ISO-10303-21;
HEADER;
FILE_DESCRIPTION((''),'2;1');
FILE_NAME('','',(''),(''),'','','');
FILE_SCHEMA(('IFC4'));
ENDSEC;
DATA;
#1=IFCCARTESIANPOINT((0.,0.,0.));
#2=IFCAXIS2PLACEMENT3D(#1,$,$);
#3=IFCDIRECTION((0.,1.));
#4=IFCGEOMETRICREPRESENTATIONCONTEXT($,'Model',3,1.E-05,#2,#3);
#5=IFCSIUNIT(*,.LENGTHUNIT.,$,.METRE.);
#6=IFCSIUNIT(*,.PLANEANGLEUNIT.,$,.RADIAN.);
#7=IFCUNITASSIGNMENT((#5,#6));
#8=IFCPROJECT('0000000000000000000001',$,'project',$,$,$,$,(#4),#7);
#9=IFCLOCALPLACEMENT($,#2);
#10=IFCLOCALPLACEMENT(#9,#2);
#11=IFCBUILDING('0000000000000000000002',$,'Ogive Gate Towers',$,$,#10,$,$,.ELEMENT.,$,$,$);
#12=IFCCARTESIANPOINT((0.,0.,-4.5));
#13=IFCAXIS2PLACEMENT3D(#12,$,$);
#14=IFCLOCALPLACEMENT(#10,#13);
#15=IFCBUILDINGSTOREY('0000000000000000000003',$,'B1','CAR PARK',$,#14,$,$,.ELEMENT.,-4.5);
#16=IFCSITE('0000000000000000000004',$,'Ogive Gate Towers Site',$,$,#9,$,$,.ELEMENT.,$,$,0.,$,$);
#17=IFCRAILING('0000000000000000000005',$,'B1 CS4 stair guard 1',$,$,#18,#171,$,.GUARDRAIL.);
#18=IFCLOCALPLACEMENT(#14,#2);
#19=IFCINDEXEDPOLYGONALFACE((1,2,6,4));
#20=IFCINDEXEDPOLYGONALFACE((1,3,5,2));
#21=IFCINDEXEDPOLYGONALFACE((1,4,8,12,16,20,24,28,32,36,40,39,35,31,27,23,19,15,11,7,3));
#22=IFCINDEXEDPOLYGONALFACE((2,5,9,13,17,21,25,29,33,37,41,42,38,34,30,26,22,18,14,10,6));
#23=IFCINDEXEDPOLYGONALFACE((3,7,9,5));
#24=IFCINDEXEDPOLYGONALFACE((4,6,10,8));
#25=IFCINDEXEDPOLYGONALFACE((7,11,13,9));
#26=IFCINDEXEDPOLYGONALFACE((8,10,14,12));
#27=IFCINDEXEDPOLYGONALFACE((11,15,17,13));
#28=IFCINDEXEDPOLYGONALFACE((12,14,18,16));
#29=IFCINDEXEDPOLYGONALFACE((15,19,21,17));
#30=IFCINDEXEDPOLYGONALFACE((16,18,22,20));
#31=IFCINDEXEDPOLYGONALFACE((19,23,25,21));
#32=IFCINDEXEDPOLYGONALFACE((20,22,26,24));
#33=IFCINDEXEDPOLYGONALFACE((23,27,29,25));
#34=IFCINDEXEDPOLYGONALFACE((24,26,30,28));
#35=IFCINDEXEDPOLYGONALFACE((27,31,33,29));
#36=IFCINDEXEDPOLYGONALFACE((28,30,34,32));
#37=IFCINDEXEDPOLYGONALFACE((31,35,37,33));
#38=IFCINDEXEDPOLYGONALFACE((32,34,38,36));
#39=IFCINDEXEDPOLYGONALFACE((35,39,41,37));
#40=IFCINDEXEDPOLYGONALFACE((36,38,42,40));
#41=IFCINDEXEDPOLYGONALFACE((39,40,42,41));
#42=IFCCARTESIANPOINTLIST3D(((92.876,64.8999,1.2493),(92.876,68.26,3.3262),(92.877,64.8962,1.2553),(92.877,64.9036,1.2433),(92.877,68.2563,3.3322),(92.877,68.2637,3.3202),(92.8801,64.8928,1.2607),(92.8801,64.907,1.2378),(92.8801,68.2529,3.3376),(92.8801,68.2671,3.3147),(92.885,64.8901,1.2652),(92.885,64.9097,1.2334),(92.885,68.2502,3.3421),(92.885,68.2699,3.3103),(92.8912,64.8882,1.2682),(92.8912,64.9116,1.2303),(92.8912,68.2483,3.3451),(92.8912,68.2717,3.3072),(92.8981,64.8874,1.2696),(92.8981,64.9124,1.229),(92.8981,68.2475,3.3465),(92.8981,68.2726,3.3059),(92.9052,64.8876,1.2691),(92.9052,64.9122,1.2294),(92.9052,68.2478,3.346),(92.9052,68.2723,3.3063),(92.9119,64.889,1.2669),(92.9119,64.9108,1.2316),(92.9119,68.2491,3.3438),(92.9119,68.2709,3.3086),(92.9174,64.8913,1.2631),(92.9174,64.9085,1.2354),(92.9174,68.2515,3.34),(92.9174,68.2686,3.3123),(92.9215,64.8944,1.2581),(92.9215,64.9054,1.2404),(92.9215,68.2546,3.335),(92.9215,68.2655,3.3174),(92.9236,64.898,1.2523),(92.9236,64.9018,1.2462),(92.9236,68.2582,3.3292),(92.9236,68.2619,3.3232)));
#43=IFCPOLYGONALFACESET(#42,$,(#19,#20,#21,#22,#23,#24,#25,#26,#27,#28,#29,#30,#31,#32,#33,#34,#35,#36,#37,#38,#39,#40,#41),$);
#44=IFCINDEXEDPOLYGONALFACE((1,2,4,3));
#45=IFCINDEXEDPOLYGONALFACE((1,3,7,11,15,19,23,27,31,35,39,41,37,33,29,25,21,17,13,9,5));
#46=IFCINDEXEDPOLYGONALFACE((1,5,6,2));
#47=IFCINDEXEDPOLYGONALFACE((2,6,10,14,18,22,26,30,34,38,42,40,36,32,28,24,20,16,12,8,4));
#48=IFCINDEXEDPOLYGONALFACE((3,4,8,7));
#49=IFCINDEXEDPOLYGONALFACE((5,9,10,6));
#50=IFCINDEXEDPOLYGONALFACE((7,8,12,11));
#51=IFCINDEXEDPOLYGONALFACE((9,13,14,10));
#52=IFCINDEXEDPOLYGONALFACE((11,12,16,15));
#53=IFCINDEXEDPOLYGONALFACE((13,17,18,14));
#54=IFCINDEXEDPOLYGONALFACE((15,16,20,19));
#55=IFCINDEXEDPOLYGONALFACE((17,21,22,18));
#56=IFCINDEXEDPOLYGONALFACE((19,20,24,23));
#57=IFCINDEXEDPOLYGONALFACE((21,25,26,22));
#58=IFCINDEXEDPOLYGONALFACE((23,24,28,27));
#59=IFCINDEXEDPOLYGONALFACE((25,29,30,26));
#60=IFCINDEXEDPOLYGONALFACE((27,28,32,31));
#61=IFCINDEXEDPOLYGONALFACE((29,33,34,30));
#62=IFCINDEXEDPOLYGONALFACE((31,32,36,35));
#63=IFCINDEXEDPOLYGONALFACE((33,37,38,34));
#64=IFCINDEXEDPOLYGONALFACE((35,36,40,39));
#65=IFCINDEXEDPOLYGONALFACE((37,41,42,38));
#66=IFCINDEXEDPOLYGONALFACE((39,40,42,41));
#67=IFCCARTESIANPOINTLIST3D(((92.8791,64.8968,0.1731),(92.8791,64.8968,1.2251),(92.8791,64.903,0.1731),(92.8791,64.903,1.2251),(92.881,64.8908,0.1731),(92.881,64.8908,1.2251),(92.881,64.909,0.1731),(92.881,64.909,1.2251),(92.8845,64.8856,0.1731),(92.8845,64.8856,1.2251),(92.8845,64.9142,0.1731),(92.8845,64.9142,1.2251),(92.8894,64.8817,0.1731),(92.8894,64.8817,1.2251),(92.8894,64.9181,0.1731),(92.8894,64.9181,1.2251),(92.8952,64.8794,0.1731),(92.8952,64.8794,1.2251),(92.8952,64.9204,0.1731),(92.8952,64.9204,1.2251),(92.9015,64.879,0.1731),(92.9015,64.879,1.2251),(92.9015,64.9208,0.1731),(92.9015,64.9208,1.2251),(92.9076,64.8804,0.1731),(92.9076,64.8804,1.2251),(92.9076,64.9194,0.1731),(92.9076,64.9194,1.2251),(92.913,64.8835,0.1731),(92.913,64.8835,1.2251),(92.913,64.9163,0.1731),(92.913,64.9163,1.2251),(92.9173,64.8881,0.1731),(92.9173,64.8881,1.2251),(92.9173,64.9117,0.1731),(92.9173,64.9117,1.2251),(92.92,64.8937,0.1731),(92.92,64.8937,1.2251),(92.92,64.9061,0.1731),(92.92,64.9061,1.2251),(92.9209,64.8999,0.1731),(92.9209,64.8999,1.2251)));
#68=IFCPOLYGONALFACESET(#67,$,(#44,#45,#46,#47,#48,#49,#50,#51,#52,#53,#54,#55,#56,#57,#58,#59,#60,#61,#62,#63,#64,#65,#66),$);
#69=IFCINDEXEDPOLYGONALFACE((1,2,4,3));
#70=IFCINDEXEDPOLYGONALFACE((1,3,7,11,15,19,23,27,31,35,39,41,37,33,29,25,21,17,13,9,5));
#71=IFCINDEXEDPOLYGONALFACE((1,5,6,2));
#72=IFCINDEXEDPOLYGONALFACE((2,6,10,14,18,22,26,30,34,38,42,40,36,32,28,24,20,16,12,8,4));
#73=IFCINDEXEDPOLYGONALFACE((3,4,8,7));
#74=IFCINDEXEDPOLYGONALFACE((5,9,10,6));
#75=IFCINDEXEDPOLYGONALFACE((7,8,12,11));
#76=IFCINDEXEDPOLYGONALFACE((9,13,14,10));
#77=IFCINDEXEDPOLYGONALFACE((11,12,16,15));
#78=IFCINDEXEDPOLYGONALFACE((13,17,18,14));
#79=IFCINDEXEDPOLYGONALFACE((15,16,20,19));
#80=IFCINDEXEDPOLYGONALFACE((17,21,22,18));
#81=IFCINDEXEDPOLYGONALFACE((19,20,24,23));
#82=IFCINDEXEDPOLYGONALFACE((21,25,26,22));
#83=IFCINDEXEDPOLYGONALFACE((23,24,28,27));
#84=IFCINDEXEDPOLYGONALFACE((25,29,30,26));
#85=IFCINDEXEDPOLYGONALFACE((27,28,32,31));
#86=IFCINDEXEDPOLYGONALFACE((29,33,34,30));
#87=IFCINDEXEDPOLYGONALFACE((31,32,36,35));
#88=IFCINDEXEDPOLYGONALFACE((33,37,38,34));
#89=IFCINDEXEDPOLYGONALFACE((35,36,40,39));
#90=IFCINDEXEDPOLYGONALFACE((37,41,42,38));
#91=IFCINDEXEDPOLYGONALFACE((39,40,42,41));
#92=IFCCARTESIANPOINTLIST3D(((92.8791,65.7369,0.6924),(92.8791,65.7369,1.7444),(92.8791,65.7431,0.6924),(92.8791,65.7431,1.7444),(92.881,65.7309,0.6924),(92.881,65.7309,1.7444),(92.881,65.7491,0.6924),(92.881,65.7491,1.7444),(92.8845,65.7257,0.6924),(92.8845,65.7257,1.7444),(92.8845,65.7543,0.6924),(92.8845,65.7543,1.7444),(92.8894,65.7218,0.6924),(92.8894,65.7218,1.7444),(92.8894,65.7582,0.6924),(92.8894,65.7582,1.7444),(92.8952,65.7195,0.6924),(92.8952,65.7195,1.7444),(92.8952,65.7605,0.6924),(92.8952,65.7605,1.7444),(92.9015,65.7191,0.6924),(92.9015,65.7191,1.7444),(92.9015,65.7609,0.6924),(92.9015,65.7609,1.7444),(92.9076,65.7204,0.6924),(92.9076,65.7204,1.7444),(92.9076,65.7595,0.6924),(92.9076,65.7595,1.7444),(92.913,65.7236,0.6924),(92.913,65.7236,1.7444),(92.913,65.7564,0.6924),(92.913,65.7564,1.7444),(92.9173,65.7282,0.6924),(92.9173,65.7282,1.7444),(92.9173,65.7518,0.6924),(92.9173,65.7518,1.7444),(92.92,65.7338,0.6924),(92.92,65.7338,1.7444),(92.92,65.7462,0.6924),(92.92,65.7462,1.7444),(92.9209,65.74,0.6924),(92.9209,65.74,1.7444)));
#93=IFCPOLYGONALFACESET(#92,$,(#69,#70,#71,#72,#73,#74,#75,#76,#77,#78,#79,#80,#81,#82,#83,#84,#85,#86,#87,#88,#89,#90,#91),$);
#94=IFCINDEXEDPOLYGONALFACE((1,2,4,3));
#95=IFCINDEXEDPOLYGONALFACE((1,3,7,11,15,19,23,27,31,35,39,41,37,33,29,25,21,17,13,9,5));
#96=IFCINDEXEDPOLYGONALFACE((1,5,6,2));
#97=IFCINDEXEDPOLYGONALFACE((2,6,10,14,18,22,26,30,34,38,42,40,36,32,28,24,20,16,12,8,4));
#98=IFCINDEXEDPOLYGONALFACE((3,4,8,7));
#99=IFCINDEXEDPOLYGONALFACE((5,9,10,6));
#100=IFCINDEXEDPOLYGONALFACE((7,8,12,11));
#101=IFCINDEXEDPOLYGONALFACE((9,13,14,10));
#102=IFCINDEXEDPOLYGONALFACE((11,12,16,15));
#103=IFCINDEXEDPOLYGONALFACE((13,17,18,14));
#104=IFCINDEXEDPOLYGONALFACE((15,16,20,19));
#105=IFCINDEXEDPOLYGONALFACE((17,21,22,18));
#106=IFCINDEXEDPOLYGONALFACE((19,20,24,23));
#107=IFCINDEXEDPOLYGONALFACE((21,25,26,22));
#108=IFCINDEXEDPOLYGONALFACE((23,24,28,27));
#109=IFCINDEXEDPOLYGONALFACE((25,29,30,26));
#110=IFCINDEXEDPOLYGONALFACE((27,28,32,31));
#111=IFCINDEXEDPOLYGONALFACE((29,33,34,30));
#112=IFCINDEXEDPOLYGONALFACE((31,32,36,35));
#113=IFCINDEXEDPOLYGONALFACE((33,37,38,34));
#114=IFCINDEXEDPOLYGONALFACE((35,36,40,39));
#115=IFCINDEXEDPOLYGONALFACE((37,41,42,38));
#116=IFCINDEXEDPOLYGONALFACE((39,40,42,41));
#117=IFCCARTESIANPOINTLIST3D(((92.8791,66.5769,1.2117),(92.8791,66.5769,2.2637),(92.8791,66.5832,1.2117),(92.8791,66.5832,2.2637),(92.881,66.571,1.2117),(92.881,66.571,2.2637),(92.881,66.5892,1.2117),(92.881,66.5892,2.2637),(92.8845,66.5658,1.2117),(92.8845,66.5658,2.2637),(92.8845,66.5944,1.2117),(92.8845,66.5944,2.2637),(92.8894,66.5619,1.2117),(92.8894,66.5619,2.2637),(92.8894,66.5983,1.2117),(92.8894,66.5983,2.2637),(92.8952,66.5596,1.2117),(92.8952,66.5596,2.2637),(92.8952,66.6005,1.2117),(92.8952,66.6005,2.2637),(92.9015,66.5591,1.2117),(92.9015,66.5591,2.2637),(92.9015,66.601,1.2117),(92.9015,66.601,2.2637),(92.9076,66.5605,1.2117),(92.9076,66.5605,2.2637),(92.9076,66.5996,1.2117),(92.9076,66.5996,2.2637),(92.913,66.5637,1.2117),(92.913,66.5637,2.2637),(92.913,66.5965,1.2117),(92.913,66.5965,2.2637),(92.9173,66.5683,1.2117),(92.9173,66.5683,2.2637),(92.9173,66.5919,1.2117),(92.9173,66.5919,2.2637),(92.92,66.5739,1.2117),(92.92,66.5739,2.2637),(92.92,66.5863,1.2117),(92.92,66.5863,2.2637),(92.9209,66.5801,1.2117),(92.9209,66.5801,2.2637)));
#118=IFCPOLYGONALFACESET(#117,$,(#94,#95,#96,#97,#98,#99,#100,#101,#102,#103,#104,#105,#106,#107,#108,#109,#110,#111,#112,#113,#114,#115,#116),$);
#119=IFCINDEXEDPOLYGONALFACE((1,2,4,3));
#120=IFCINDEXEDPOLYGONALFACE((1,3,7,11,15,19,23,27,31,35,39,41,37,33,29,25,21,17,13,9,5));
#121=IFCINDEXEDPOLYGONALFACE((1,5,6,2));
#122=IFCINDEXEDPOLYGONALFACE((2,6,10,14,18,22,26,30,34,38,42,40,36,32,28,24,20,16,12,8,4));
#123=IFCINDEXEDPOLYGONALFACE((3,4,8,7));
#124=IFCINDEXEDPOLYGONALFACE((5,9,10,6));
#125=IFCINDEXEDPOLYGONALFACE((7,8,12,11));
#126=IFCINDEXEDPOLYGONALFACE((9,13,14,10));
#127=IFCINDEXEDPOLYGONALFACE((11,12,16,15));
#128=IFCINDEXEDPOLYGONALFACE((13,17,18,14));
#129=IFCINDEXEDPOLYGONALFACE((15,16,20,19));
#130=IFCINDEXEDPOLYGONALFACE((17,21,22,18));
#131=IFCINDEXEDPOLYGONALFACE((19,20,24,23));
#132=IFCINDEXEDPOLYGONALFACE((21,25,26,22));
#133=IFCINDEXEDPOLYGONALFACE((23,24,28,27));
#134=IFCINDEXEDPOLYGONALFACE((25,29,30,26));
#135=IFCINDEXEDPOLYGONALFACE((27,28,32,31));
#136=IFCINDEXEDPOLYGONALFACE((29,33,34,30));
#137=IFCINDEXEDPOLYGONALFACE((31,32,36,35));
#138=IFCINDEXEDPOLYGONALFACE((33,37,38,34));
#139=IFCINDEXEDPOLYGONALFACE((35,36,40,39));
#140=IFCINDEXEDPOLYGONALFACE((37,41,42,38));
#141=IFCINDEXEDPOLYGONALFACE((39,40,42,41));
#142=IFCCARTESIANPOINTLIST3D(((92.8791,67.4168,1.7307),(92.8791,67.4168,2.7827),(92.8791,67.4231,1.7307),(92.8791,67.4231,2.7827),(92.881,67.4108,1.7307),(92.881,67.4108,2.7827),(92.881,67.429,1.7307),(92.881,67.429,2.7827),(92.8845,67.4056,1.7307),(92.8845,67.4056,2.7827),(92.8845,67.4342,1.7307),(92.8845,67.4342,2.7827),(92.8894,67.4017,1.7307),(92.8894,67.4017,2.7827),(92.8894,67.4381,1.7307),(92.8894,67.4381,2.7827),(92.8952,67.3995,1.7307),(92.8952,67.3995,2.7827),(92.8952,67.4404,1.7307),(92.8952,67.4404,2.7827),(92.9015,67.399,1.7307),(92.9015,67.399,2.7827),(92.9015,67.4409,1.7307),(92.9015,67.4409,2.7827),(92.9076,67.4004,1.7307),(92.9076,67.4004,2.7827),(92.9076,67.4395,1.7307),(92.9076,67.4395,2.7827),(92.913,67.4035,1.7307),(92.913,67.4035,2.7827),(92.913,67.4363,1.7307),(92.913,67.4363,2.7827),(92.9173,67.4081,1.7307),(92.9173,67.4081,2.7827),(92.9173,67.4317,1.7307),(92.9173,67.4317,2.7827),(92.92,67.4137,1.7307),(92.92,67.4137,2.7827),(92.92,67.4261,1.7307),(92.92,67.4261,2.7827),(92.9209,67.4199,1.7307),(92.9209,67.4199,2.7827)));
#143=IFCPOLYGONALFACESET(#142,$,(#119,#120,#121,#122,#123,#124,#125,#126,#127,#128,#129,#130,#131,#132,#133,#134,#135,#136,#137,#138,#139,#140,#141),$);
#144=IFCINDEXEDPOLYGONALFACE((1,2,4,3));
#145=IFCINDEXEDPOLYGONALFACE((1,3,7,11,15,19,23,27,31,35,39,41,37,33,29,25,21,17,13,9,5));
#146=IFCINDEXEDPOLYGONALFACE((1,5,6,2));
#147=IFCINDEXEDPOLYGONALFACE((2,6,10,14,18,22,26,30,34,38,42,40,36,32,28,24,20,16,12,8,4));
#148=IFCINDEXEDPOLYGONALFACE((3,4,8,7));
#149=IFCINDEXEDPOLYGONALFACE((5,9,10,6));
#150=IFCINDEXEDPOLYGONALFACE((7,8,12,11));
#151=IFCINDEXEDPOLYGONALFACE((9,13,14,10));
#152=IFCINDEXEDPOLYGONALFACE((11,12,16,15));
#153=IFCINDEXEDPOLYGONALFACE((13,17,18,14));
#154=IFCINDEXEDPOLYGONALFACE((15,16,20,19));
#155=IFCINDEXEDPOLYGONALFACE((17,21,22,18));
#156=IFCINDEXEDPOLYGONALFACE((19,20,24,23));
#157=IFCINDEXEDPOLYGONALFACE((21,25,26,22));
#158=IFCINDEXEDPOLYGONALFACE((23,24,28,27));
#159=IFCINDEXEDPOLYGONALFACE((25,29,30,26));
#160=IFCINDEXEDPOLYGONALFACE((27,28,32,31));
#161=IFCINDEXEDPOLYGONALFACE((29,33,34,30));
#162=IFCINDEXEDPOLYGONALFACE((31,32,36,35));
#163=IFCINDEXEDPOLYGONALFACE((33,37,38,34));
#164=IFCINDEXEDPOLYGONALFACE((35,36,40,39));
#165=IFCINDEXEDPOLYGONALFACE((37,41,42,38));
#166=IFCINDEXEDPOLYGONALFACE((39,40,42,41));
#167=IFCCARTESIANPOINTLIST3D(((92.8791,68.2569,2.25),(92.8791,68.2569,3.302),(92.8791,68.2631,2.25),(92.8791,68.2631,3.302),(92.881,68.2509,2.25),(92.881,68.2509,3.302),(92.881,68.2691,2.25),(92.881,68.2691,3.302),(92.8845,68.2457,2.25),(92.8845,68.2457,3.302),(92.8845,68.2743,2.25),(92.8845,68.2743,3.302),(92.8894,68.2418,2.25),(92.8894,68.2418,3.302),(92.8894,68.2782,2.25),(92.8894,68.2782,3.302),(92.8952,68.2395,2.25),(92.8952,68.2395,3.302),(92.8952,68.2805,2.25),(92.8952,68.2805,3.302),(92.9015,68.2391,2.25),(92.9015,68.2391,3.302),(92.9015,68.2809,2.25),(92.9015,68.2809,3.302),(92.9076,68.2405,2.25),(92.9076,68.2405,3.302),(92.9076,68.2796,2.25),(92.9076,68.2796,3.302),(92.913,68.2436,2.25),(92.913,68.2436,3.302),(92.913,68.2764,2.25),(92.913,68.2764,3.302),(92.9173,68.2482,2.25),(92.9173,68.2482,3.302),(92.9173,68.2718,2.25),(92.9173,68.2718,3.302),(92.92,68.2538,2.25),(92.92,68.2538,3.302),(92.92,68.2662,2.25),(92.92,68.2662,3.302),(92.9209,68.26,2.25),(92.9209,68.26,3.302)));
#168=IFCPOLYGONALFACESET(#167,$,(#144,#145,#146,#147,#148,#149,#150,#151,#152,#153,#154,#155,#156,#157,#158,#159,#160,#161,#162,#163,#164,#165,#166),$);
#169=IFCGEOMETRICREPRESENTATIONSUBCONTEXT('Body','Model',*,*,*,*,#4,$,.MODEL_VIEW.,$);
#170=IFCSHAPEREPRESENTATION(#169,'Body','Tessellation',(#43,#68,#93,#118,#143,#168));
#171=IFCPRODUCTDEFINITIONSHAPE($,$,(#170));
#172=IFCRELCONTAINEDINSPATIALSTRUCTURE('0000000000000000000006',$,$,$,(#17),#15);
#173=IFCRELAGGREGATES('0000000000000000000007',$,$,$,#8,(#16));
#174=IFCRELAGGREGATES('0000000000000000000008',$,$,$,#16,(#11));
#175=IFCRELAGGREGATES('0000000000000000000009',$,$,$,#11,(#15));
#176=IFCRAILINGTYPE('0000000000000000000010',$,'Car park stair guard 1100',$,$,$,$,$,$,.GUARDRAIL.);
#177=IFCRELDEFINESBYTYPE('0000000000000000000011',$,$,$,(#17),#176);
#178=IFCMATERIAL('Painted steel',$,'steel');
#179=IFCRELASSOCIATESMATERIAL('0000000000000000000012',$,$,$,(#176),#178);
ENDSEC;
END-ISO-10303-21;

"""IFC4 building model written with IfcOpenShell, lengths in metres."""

from ifc_helpers import new_model, si_unit, direction, frame, origin, origin_2d, place, context, subcontext, project, spatial, circle, extrude, material, type_object, element, save


model = new_model("IFC4")

# Units and contexts
model_context = context("Model", 3, precision=1e-05, world=origin(), true_north=direction((0.0, 1.0)))
body_context = subcontext(model_context, "Body", "Model", "MODEL_VIEW")
ifc_project = project(units=[si_unit("LENGTHUNIT", "METRE"), si_unit("PLANEANGLEUNIT", "RADIAN")], contexts=[model_context])

# Site, building, storey
site_placement = place(None, origin())
site = spatial("IfcSite", under=ifc_project, at=site_placement, Name="Ogive Gate Towers Site", CompositionType="ELEMENT", RefElevation=0.0)
building_placement = place(site_placement, origin())
building = spatial("IfcBuilding", under=site, at=building_placement, Name="Ogive Gate Towers", CompositionType="ELEMENT")
storey_placement = place(building_placement, frame((0.0, 0.0, -4.5)))
storey = spatial("IfcBuildingStorey", under=building, at=storey_placement, Name="B1", Description="CAR PARK", CompositionType="ELEMENT", Elevation=-4.5)

# Railing
ifc_material_1 = material(Name="Painted steel", Category="steel")
railing_type_1 = type_object("IfcRailingType", Name="Car park stair guard 1100", PredefinedType="GUARDRAIL", material=ifc_material_1)
railing_1_placement = place(storey_placement, frame((92.8999, 64.8999, 0.1731)))
element("IfcRailing", 1, at=railing_1_placement, inside=storey, type_object=railing_type_1, Name="B1 CS4 stair guard 1", PredefinedType="GUARDRAIL", context=body_context, shape_type="SweptSolid", body=[
    extrude(circle(Radius=0.0239, at=origin_2d()), frame((0.0, 0.0, 1.0762), z_axis=(0.0, 0.850623, 0.525776), x_axis=(-1.0, 0.0, 0.0)), (0.0, 0.0, 1.0), 3.9502),
    extrude(circle(Radius=0.021, at=origin_2d()), origin(), (0.0, 0.0, 1.0), 1.052),
    extrude(circle(Radius=0.021, at=origin_2d()), frame((0.0, 0.8401, 0.5193)), (0.0, 0.0, 1.0), 1.052),
    extrude(circle(Radius=0.021, at=origin_2d()), frame((0.0, 1.6802, 1.0386)), (0.0, 0.0, 1.0), 1.052),
    extrude(circle(Radius=0.021, at=origin_2d()), frame((0.0, 2.52, 1.5576)), (0.0, 0.0, 1.0), 1.052),
    extrude(circle(Radius=0.021, at=origin_2d()), frame((0.0, 3.3601, 2.0769)), (0.0, 0.0, 1.0), 1.052),
])

save(model, "model.ifc")
